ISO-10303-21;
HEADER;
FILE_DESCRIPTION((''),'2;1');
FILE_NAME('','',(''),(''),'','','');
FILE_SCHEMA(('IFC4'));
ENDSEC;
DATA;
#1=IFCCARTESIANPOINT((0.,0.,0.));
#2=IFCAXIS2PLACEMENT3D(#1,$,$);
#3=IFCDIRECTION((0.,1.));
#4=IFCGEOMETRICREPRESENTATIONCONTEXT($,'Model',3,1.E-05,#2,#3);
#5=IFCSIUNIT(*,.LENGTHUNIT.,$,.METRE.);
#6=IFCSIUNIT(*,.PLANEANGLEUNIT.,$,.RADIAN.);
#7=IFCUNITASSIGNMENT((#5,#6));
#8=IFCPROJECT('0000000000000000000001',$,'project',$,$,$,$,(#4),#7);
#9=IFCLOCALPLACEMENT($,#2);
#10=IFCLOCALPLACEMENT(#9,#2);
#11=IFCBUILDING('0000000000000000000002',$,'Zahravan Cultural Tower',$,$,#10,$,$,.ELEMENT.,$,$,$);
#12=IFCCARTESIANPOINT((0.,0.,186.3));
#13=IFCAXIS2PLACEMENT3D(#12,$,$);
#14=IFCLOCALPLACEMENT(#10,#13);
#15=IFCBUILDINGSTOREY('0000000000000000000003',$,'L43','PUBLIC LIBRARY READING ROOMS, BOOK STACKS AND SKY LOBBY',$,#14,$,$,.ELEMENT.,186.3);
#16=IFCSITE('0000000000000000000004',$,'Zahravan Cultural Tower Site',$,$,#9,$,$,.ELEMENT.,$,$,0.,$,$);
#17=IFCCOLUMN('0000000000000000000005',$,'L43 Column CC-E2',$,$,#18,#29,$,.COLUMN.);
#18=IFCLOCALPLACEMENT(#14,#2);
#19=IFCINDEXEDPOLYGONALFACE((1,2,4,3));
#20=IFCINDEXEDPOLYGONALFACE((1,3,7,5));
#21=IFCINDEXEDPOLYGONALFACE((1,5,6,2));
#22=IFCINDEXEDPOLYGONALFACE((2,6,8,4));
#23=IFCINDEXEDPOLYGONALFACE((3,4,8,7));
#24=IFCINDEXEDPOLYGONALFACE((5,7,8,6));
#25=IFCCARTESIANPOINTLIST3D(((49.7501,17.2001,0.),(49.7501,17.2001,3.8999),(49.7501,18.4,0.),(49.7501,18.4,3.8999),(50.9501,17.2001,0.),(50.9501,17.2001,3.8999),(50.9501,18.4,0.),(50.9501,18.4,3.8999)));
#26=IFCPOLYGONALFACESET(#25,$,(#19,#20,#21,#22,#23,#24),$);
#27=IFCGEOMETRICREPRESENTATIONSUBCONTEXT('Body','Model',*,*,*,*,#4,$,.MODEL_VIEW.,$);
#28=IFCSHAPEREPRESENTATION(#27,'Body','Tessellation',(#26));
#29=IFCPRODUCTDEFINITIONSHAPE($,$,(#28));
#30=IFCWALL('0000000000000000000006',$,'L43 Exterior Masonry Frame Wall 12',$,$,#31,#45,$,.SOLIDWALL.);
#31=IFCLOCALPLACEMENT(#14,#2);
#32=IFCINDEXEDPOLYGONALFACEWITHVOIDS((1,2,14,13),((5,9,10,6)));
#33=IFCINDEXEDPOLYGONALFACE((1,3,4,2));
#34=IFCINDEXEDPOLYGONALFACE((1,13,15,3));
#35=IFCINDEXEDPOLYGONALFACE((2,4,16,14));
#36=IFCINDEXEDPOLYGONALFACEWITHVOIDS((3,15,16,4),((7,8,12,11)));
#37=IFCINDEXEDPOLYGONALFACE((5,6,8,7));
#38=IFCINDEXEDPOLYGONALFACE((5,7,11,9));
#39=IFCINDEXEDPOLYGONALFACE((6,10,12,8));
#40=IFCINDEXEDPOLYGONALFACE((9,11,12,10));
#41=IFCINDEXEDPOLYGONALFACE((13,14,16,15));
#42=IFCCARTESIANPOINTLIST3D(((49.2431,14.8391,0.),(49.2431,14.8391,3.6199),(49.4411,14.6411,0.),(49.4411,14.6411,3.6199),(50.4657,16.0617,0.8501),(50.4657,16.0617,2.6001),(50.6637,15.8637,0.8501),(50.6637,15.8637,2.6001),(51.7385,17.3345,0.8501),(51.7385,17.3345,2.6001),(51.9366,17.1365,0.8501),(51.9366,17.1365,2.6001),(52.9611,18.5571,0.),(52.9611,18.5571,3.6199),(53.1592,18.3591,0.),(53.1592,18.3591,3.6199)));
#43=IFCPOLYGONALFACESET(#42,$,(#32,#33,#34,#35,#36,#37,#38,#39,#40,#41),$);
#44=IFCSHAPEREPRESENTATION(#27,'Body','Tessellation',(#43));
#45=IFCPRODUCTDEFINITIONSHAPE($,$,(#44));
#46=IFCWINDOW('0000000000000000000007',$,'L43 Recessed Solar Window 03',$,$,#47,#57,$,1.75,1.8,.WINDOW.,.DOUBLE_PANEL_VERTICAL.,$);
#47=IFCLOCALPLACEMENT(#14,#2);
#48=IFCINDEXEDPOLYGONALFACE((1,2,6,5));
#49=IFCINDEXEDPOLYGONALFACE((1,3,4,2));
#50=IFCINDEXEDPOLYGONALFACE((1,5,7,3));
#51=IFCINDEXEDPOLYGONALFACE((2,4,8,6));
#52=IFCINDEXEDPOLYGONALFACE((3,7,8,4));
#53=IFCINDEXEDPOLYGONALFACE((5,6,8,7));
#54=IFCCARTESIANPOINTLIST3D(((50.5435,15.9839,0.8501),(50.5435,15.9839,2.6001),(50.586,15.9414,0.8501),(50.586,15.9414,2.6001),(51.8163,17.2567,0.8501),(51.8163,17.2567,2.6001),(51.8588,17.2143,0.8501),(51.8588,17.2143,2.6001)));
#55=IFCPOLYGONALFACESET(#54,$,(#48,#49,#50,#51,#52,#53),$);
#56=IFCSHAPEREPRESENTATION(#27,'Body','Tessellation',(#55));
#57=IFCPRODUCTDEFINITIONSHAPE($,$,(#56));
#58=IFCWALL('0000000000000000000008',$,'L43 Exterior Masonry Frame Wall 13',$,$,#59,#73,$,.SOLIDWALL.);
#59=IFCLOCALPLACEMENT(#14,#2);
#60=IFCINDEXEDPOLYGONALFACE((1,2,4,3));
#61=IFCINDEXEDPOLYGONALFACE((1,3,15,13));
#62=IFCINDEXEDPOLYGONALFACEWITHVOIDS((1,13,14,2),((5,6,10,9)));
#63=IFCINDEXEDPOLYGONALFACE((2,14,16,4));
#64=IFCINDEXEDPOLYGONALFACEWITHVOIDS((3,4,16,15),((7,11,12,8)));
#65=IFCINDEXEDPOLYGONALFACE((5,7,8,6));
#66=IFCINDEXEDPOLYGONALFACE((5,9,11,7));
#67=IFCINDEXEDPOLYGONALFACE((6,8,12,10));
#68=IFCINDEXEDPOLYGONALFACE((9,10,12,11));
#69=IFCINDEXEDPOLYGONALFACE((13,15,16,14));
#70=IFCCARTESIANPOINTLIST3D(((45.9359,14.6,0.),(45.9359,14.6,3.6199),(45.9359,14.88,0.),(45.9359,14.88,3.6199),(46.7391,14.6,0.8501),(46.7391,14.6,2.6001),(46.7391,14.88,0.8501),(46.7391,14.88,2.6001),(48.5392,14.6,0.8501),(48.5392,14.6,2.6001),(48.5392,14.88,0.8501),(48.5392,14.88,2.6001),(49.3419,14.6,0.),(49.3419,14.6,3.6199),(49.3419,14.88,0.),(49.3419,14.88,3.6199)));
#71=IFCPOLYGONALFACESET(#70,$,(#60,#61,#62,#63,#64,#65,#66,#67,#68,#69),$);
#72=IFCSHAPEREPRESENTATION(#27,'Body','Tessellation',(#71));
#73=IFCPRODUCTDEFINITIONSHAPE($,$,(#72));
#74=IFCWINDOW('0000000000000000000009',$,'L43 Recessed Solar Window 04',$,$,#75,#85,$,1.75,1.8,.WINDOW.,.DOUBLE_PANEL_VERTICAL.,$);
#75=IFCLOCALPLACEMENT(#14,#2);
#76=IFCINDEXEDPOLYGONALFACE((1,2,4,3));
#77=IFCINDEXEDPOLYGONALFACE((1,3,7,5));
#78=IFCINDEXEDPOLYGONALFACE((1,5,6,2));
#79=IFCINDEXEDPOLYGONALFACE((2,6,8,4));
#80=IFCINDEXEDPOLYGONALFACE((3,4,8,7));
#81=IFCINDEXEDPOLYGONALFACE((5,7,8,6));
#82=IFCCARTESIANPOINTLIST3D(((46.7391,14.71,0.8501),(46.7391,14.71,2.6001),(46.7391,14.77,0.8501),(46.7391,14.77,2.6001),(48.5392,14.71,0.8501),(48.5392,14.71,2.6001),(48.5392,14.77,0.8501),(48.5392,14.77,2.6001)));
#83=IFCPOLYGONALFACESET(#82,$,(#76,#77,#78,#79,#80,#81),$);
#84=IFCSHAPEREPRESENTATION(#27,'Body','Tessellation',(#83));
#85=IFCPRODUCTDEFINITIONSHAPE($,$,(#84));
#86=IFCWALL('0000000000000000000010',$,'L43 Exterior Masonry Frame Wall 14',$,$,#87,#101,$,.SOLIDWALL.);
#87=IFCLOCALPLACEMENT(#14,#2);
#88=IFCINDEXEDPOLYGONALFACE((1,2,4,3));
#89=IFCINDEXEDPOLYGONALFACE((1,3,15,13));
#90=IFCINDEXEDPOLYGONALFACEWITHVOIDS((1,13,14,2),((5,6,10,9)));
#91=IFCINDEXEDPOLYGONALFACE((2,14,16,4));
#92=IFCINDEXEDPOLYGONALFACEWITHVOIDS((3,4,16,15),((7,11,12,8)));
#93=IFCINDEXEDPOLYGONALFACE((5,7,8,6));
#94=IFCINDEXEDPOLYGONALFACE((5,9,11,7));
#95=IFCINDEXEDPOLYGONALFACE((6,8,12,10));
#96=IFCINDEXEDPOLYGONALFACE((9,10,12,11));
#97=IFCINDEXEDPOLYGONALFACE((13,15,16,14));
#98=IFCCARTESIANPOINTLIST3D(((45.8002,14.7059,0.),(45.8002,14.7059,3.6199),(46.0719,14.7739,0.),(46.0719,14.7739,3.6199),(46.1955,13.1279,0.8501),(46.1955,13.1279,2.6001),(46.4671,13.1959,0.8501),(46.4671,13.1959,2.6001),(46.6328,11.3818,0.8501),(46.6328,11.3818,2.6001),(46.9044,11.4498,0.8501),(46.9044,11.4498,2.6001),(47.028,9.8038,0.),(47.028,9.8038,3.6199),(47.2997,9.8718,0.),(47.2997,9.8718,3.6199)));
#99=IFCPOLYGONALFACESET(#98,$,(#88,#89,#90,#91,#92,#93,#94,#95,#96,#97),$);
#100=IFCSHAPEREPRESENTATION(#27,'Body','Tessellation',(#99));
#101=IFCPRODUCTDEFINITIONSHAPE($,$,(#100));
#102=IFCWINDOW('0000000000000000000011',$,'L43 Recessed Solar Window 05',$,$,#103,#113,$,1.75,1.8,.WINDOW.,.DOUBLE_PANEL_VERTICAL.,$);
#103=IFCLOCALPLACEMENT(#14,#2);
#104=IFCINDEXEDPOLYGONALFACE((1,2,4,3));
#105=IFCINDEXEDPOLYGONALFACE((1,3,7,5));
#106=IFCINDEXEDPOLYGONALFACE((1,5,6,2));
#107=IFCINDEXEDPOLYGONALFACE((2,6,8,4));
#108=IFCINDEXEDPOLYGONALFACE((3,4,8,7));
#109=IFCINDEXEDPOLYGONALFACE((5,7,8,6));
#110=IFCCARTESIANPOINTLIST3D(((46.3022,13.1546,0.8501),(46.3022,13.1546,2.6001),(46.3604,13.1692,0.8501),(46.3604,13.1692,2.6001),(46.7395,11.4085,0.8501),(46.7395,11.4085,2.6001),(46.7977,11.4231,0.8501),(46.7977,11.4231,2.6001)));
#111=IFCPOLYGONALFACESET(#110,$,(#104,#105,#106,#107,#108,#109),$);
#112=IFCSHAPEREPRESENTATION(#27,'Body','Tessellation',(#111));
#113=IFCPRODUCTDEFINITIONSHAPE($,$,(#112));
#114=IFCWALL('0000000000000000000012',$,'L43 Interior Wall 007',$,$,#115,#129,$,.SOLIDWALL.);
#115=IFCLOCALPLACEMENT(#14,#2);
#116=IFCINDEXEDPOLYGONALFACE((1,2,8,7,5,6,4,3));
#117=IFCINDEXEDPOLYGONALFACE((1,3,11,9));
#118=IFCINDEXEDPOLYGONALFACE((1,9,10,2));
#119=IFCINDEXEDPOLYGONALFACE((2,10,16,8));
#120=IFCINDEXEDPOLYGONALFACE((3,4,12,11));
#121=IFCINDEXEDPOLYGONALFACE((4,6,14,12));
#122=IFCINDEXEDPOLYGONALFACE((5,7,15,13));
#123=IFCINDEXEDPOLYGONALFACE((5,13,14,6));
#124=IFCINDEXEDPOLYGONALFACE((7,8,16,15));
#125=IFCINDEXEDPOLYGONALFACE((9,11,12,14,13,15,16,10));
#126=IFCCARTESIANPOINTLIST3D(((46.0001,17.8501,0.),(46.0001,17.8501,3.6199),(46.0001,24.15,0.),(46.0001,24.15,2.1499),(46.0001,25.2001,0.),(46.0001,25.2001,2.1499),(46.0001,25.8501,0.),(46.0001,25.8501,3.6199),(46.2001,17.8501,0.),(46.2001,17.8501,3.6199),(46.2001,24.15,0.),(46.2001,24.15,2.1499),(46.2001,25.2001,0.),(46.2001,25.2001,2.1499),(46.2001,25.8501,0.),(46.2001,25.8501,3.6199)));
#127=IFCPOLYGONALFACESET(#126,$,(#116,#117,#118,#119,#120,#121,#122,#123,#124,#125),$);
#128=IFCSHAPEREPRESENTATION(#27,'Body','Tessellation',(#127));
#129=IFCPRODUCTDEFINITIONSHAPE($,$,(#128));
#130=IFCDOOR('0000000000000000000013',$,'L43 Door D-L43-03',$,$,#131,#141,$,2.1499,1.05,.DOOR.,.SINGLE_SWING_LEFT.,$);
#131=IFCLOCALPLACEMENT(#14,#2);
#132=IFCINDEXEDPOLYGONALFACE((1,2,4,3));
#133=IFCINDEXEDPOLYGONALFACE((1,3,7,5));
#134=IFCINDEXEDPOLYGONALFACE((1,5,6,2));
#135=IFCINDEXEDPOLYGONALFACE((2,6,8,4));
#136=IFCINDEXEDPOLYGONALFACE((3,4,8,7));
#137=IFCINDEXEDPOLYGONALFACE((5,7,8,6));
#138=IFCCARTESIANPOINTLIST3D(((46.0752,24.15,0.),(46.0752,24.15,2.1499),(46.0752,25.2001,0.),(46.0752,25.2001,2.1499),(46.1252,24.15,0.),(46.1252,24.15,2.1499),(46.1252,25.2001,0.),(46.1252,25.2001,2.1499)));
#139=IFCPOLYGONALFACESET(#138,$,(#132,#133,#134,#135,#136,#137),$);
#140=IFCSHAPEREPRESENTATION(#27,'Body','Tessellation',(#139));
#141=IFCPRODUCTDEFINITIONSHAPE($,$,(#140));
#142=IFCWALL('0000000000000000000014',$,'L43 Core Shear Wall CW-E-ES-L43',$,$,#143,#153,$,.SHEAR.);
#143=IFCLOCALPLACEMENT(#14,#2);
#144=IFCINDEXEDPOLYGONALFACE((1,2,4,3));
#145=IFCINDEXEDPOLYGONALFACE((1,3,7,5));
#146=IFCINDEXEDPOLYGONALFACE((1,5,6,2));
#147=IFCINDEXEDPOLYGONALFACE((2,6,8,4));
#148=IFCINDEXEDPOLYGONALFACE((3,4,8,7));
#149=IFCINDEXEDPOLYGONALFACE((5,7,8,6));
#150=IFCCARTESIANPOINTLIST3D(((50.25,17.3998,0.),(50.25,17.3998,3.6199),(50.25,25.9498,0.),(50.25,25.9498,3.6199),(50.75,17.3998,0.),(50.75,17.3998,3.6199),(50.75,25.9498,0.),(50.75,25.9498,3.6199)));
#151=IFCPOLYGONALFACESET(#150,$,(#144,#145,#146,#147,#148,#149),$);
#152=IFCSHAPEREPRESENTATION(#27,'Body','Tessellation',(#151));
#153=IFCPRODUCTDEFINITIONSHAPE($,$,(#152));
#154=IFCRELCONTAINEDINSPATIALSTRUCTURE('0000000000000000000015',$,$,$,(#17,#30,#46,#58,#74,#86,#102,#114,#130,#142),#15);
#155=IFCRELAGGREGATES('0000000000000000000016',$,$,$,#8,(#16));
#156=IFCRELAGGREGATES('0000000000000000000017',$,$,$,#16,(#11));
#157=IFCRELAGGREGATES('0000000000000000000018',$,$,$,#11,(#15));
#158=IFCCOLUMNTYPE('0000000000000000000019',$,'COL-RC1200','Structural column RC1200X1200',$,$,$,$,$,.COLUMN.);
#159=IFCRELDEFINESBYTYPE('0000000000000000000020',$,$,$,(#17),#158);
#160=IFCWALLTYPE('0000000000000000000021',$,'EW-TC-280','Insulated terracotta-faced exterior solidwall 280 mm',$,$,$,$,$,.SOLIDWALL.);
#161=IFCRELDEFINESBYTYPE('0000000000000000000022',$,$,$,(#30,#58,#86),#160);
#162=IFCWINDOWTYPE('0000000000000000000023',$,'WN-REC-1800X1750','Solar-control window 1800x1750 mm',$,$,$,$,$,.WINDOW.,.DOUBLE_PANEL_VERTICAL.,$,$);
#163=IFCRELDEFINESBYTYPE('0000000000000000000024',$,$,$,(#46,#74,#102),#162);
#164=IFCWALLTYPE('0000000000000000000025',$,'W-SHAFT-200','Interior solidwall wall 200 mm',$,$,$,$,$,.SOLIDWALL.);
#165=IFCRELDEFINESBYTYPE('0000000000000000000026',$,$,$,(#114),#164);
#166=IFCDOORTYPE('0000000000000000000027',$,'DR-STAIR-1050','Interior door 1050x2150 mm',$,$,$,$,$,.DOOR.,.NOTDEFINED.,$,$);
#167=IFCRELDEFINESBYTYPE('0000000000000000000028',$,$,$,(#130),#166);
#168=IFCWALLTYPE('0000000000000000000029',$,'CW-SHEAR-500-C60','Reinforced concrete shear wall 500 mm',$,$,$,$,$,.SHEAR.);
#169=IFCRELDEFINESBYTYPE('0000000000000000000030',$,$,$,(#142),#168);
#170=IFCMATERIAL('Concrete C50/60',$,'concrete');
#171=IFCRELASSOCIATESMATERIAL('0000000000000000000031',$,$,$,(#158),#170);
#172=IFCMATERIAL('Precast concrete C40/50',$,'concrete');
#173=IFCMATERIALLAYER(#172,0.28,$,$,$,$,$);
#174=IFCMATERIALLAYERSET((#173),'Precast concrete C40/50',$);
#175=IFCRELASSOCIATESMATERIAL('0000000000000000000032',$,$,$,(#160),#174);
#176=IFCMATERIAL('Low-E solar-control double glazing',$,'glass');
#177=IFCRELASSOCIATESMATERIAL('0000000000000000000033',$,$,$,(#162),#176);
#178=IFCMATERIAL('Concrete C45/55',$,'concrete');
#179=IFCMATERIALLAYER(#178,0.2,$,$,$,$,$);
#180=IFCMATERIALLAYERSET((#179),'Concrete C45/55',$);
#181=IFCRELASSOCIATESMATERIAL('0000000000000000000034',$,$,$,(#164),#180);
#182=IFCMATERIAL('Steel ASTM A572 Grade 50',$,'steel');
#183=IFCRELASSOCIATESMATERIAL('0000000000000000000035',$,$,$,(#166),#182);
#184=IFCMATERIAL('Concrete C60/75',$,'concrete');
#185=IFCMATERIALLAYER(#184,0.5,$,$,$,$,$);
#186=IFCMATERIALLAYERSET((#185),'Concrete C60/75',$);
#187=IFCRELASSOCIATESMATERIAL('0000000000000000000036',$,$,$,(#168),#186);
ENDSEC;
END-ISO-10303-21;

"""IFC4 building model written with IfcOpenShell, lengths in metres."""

from ifc_helpers import new_model, si_unit, direction, frame, frame_2d, origin, origin_2d, place, context, subcontext, project, spatial, rectangle, extrude, source, transform, mapped, material, layer, layer_set, material_profile, profile_set, type_object, element, fill, save


model = new_model("IFC4")

# Units and contexts
model_context = context("Model", 3, precision=1e-05, world=origin(), true_north=direction((0.0, 1.0)))
body_context = subcontext(model_context, "Body", "Model", "MODEL_VIEW")
ifc_project = project(units=[si_unit("LENGTHUNIT", "METRE"), si_unit("PLANEANGLEUNIT", "RADIAN")], contexts=[model_context])

# Site, building, storey
site_placement = place(None, origin())
site = spatial("IfcSite", under=ifc_project, at=site_placement, Name="Zahravan Cultural Tower Site", CompositionType="ELEMENT", RefElevation=0.0)
building_placement = place(site_placement, origin())
building = spatial("IfcBuilding", under=site, at=building_placement, Name="Zahravan Cultural Tower", CompositionType="ELEMENT")
storey_placement = place(building_placement, frame((0.0, 0.0, 186.3)))
storey = spatial("IfcBuildingStorey", under=building, at=storey_placement, Name="L43", Description="PUBLIC LIBRARY READING ROOMS, BOOK STACKS AND SKY LOBBY", CompositionType="ELEMENT", Elevation=186.3)

# Column
ifc_material_1 = material(Name="Concrete C50/60", Category="concrete")
ifc_material_profile = material_profile(ifc_material_1, rectangle(XDim=1.2, YDim=1.2, at=origin_2d()), Name="RC1200X1200")
ifc_profile_set = profile_set([ifc_material_profile], Name="Concrete C50/60")
column_type = type_object("IfcColumnType", Name="COL-RC1200", Description="Structural column RC1200X1200", PredefinedType="COLUMN", material=ifc_profile_set)
shared_shape_1 = source(origin(), body_context, "Body", "SweptSolid", [
    extrude(rectangle(XDim=1.2, YDim=1.2, at=origin_2d()), origin(), (0.0, 0.0, 1.0), 3.8999),
])
column_placement = place(storey_placement, frame((50.3501, 17.8, 0.0), z_axis=(0.0, 0.0, 1.0), x_axis=(1.0, 0.0, 0.0)))
element("IfcColumn", 1, at=column_placement, inside=storey, type_object=column_type, Name="L43 Column CC-E2", PredefinedType="COLUMN", context=body_context, shape_type="MappedRepresentation", body=[
    mapped(shared_shape_1, transform((0.0, 0.0, 0.0), x_axis=(1.0, 0.0, 0.0), y_axis=(0.0, 1.0, 0.0), z_axis=(0.0, 0.0, 1.0), scale=1.0)),
])

# Walls, openings, windows
ifc_material_2 = material(Name="Precast concrete C40/50", Category="concrete")
ifc_layer_1 = layer(ifc_material_2, 0.28)
ifc_layer_set_1 = layer_set([ifc_layer_1], Name="Precast concrete C40/50")
wall_type_1 = type_object("IfcWallType", Name="EW-TC-280", Description="Insulated terracotta-faced exterior solidwall 280 mm", PredefinedType="SOLIDWALL", material=ifc_layer_set_1)
wall_1_placement = place(storey_placement, frame((53.0601, 18.458, 0.0), z_axis=(0.0, 0.0, 1.0), x_axis=(-0.707107, -0.707107, 0.0)))
wall_1 = element("IfcWall", 2, at=wall_1_placement, inside=storey, type_object=wall_type_1, Name="L43 Exterior Masonry Frame Wall 12", PredefinedType="SOLIDWALL", context=body_context, shape_type="SweptSolid", body=[
    extrude(rectangle(XDim=5.2581, YDim=0.28, at=frame_2d((2.6289, 0.0))), origin(), (0.0, 0.0, 1.0), 3.6199),
])
opening_1_placement = place(wall_1_placement, frame((1.729, 0.0, 0.8501)))
opening_1 = element("IfcOpeningElement", 3, at=opening_1_placement, cuts=wall_1, PredefinedType="OPENING", context=body_context, shape_type="SweptSolid", body=[
    extrude(rectangle(XDim=1.8, YDim=1.75, at=frame_2d((0.8999, 0.875))), frame((0.0, 0.1499, 0.0), z_axis=(0.0, -1.0, 0.0), x_axis=(1.0, 0.0, 0.0)), (0.0, 0.0, 1.0), 0.3),
])
ifc_material_3 = material(Name="Low-E solar-control double glazing", Category="glass")
window_type = type_object("IfcWindowType", Name="WN-REC-1800X1750", Description="Solar-control window 1800x1750 mm", PartitioningType="DOUBLE_PANEL_VERTICAL", PredefinedType="WINDOW", material=ifc_material_3)
shared_shape_2 = source(origin(), body_context, "Body", "SweptSolid", [
    extrude(rectangle(XDim=1.8, YDim=1.75, at=frame_2d((0.8999, 0.875))), frame((0.0, 0.03, 0.0), z_axis=(0.0, -1.0, 0.0), x_axis=(1.0, 0.0, 0.0)), (0.0, 0.0, 1.0), 0.0601),
])
window_1_placement = place(opening_1_placement, origin())
window_1 = element("IfcWindow", 4, at=window_1_placement, inside=storey, type_object=window_type, Name="L43 Recessed Solar Window 03", OverallHeight=1.75, OverallWidth=1.8, PartitioningType="DOUBLE_PANEL_VERTICAL", PredefinedType="WINDOW", context=body_context, shape_type="MappedRepresentation", body=[
    mapped(shared_shape_2, transform((0.0, 0.0, 0.0), x_axis=(1.0, 0.0, 0.0), y_axis=(0.0, 1.0, 0.0), z_axis=(0.0, 0.0, 1.0), scale=1.0)),
])
fill(opening_1, window_1)
wall_2_placement = place(storey_placement, frame((49.342, 14.74, 0.0), z_axis=(0.0, 0.0, 1.0), x_axis=(-1.0, 0.0, 0.0)))
wall_2 = element("IfcWall", 5, at=wall_2_placement, inside=storey, type_object=wall_type_1, Name="L43 Exterior Masonry Frame Wall 13", PredefinedType="SOLIDWALL", context=body_context, shape_type="SweptSolid", body=[
    extrude(rectangle(XDim=3.406, YDim=0.28, at=frame_2d((1.7031, 0.0))), origin(), (0.0, 0.0, 1.0), 3.6199),
])
opening_2_placement = place(wall_2_placement, frame((0.803, 0.0, 0.8501)))
opening_2 = element("IfcOpeningElement", 6, at=opening_2_placement, cuts=wall_2, PredefinedType="OPENING", context=body_context, shape_type="SweptSolid", body=[
    extrude(rectangle(XDim=1.8, YDim=1.75, at=frame_2d((0.8999, 0.875))), frame((0.0, 0.1499, 0.0), z_axis=(0.0, -1.0, 0.0), x_axis=(1.0, 0.0, 0.0)), (0.0, 0.0, 1.0), 0.3),
])
window_2_placement = place(opening_2_placement, origin())
window_2 = element("IfcWindow", 7, at=window_2_placement, inside=storey, type_object=window_type, Name="L43 Recessed Solar Window 04", OverallHeight=1.75, OverallWidth=1.8, PartitioningType="DOUBLE_PANEL_VERTICAL", PredefinedType="WINDOW", context=body_context, shape_type="MappedRepresentation", body=[
    mapped(shared_shape_2, transform((0.0, 0.0, 0.0), x_axis=(1.0, 0.0, 0.0), y_axis=(0.0, 1.0, 0.0), z_axis=(0.0, 0.0, 1.0), scale=1.0)),
])
fill(opening_2, window_2)
wall_3_placement = place(storey_placement, frame((45.936, 14.74, 0.0), z_axis=(0.0, 0.0, 1.0), x_axis=(0.242956, -0.970037, 0.0)))
wall_3 = element("IfcWall", 8, at=wall_3_placement, inside=storey, type_object=wall_type_1, Name="L43 Exterior Masonry Frame Wall 14", PredefinedType="SOLIDWALL", context=body_context, shape_type="SweptSolid", body=[
    extrude(rectangle(XDim=5.0535, YDim=0.28, at=frame_2d((2.5269, 0.0))), origin(), (0.0, 0.0, 1.0), 3.6199),
])
opening_3_placement = place(wall_3_placement, frame((1.627, 0.0, 0.8501)))
opening_3 = element("IfcOpeningElement", 9, at=opening_3_placement, cuts=wall_3, PredefinedType="OPENING", context=body_context, shape_type="SweptSolid", body=[
    extrude(rectangle(XDim=1.8, YDim=1.75, at=frame_2d((0.8999, 0.875))), frame((0.0, 0.1499, 0.0), z_axis=(0.0, -1.0, 0.0), x_axis=(1.0, 0.0, 0.0)), (0.0, 0.0, 1.0), 0.3),
])
window_3_placement = place(opening_3_placement, origin())
window_3 = element("IfcWindow", 10, at=window_3_placement, inside=storey, type_object=window_type, Name="L43 Recessed Solar Window 05", OverallHeight=1.75, OverallWidth=1.8, PartitioningType="DOUBLE_PANEL_VERTICAL", PredefinedType="WINDOW", context=body_context, shape_type="MappedRepresentation", body=[
    mapped(shared_shape_2, transform((0.0, 0.0, 0.0), x_axis=(1.0, 0.0, 0.0), y_axis=(0.0, 1.0, 0.0), z_axis=(0.0, 0.0, 1.0), scale=1.0)),
])
fill(opening_3, window_3)

# Wall, opening, door
ifc_material_4 = material(Name="Concrete C45/55", Category="concrete")
ifc_layer_2 = layer(ifc_material_4, 0.2)
ifc_layer_set_2 = layer_set([ifc_layer_2], Name="Concrete C45/55")
wall_type_2 = type_object("IfcWallType", Name="W-SHAFT-200", Description="Interior solidwall wall 200 mm", PredefinedType="SOLIDWALL", material=ifc_layer_set_2)
wall_4_placement = place(storey_placement, frame((46.1001, 17.8501, 0.0), z_axis=(0.0, 0.0, 1.0), x_axis=(0.0, 1.0, 0.0)))
wall_4 = element("IfcWall", 11, at=wall_4_placement, inside=storey, type_object=wall_type_2, Name="L43 Interior Wall 007", PredefinedType="SOLIDWALL", context=body_context, shape_type="SweptSolid", body=[
    extrude(rectangle(XDim=8.0, YDim=0.2, at=frame_2d((4.0, 0.0))), origin(), (0.0, 0.0, 1.0), 3.6199),
])
opening_4_placement = place(wall_4_placement, frame((6.3, 0.0, 0.0)))
opening_4 = element("IfcOpeningElement", 12, at=opening_4_placement, cuts=wall_4, PredefinedType="OPENING", context=body_context, shape_type="SweptSolid", body=[
    extrude(rectangle(XDim=1.05, YDim=2.1499, at=frame_2d((0.5249, 1.075))), frame((0.0, 0.1099, 0.0), z_axis=(0.0, -1.0, 0.0), x_axis=(1.0, 0.0, 0.0)), (0.0, 0.0, 1.0), 0.22),
])
ifc_material_5 = material(Name="Steel ASTM A572 Grade 50", Category="steel")
door_type = type_object("IfcDoorType", Name="DR-STAIR-1050", Description="Interior door 1050x2150 mm", OperationType="NOTDEFINED", PredefinedType="DOOR", material=ifc_material_5)
shared_shape_3 = source(origin(), body_context, "Body", "SweptSolid", [
    extrude(rectangle(XDim=1.05, YDim=2.1499, at=frame_2d((0.5249, 1.075))), frame((0.0, 0.0249, 0.0), z_axis=(0.0, -1.0, 0.0), x_axis=(1.0, 0.0, 0.0)), (0.0, 0.0, 1.0), 0.05),
])
door_placement = place(opening_4_placement, origin())
door = element("IfcDoor", 13, at=door_placement, inside=storey, type_object=door_type, Name="L43 Door D-L43-03", OperationType="SINGLE_SWING_LEFT", OverallHeight=2.1499, OverallWidth=1.05, PredefinedType="DOOR", context=body_context, shape_type="MappedRepresentation", body=[
    mapped(shared_shape_3, transform((0.0, 0.0, 0.0), x_axis=(1.0, 0.0, 0.0), y_axis=(0.0, 1.0, 0.0), z_axis=(0.0, 0.0, 1.0), scale=1.0)),
])
fill(opening_4, door)

# Wall
ifc_material_6 = material(Name="Concrete C60/75", Category="concrete")
ifc_layer_3 = layer(ifc_material_6, 0.5)
ifc_layer_set_3 = layer_set([ifc_layer_3], Name="Concrete C60/75")
wall_type_3 = type_object("IfcWallType", Name="CW-SHEAR-500-C60", Description="Reinforced concrete shear wall 500 mm", PredefinedType="SHEAR", material=ifc_layer_set_3)
shared_shape_4 = source(origin(), body_context, "Body", "SweptSolid", [
    extrude(rectangle(XDim=8.55, YDim=0.5, at=frame_2d((4.2749, 0.0))), origin(), (0.0, 0.0, 1.0), 3.6199),
])
wall_5_placement = place(storey_placement, frame((50.5, 17.3999, 0.0), z_axis=(0.0, 0.0, 1.0), x_axis=(0.0, 1.0, 0.0)))
element("IfcWall", 14, at=wall_5_placement, inside=storey, type_object=wall_type_3, Name="L43 Core Shear Wall CW-E-ES-L43", PredefinedType="SHEAR", context=body_context, shape_type="MappedRepresentation", body=[
    mapped(shared_shape_4, transform((0.0, 0.0, 0.0), x_axis=(1.0, 0.0, 0.0), y_axis=(0.0, 1.0, 0.0), z_axis=(0.0, 0.0, 1.0), scale=1.0)),
])

save(model, "model.ifc")
